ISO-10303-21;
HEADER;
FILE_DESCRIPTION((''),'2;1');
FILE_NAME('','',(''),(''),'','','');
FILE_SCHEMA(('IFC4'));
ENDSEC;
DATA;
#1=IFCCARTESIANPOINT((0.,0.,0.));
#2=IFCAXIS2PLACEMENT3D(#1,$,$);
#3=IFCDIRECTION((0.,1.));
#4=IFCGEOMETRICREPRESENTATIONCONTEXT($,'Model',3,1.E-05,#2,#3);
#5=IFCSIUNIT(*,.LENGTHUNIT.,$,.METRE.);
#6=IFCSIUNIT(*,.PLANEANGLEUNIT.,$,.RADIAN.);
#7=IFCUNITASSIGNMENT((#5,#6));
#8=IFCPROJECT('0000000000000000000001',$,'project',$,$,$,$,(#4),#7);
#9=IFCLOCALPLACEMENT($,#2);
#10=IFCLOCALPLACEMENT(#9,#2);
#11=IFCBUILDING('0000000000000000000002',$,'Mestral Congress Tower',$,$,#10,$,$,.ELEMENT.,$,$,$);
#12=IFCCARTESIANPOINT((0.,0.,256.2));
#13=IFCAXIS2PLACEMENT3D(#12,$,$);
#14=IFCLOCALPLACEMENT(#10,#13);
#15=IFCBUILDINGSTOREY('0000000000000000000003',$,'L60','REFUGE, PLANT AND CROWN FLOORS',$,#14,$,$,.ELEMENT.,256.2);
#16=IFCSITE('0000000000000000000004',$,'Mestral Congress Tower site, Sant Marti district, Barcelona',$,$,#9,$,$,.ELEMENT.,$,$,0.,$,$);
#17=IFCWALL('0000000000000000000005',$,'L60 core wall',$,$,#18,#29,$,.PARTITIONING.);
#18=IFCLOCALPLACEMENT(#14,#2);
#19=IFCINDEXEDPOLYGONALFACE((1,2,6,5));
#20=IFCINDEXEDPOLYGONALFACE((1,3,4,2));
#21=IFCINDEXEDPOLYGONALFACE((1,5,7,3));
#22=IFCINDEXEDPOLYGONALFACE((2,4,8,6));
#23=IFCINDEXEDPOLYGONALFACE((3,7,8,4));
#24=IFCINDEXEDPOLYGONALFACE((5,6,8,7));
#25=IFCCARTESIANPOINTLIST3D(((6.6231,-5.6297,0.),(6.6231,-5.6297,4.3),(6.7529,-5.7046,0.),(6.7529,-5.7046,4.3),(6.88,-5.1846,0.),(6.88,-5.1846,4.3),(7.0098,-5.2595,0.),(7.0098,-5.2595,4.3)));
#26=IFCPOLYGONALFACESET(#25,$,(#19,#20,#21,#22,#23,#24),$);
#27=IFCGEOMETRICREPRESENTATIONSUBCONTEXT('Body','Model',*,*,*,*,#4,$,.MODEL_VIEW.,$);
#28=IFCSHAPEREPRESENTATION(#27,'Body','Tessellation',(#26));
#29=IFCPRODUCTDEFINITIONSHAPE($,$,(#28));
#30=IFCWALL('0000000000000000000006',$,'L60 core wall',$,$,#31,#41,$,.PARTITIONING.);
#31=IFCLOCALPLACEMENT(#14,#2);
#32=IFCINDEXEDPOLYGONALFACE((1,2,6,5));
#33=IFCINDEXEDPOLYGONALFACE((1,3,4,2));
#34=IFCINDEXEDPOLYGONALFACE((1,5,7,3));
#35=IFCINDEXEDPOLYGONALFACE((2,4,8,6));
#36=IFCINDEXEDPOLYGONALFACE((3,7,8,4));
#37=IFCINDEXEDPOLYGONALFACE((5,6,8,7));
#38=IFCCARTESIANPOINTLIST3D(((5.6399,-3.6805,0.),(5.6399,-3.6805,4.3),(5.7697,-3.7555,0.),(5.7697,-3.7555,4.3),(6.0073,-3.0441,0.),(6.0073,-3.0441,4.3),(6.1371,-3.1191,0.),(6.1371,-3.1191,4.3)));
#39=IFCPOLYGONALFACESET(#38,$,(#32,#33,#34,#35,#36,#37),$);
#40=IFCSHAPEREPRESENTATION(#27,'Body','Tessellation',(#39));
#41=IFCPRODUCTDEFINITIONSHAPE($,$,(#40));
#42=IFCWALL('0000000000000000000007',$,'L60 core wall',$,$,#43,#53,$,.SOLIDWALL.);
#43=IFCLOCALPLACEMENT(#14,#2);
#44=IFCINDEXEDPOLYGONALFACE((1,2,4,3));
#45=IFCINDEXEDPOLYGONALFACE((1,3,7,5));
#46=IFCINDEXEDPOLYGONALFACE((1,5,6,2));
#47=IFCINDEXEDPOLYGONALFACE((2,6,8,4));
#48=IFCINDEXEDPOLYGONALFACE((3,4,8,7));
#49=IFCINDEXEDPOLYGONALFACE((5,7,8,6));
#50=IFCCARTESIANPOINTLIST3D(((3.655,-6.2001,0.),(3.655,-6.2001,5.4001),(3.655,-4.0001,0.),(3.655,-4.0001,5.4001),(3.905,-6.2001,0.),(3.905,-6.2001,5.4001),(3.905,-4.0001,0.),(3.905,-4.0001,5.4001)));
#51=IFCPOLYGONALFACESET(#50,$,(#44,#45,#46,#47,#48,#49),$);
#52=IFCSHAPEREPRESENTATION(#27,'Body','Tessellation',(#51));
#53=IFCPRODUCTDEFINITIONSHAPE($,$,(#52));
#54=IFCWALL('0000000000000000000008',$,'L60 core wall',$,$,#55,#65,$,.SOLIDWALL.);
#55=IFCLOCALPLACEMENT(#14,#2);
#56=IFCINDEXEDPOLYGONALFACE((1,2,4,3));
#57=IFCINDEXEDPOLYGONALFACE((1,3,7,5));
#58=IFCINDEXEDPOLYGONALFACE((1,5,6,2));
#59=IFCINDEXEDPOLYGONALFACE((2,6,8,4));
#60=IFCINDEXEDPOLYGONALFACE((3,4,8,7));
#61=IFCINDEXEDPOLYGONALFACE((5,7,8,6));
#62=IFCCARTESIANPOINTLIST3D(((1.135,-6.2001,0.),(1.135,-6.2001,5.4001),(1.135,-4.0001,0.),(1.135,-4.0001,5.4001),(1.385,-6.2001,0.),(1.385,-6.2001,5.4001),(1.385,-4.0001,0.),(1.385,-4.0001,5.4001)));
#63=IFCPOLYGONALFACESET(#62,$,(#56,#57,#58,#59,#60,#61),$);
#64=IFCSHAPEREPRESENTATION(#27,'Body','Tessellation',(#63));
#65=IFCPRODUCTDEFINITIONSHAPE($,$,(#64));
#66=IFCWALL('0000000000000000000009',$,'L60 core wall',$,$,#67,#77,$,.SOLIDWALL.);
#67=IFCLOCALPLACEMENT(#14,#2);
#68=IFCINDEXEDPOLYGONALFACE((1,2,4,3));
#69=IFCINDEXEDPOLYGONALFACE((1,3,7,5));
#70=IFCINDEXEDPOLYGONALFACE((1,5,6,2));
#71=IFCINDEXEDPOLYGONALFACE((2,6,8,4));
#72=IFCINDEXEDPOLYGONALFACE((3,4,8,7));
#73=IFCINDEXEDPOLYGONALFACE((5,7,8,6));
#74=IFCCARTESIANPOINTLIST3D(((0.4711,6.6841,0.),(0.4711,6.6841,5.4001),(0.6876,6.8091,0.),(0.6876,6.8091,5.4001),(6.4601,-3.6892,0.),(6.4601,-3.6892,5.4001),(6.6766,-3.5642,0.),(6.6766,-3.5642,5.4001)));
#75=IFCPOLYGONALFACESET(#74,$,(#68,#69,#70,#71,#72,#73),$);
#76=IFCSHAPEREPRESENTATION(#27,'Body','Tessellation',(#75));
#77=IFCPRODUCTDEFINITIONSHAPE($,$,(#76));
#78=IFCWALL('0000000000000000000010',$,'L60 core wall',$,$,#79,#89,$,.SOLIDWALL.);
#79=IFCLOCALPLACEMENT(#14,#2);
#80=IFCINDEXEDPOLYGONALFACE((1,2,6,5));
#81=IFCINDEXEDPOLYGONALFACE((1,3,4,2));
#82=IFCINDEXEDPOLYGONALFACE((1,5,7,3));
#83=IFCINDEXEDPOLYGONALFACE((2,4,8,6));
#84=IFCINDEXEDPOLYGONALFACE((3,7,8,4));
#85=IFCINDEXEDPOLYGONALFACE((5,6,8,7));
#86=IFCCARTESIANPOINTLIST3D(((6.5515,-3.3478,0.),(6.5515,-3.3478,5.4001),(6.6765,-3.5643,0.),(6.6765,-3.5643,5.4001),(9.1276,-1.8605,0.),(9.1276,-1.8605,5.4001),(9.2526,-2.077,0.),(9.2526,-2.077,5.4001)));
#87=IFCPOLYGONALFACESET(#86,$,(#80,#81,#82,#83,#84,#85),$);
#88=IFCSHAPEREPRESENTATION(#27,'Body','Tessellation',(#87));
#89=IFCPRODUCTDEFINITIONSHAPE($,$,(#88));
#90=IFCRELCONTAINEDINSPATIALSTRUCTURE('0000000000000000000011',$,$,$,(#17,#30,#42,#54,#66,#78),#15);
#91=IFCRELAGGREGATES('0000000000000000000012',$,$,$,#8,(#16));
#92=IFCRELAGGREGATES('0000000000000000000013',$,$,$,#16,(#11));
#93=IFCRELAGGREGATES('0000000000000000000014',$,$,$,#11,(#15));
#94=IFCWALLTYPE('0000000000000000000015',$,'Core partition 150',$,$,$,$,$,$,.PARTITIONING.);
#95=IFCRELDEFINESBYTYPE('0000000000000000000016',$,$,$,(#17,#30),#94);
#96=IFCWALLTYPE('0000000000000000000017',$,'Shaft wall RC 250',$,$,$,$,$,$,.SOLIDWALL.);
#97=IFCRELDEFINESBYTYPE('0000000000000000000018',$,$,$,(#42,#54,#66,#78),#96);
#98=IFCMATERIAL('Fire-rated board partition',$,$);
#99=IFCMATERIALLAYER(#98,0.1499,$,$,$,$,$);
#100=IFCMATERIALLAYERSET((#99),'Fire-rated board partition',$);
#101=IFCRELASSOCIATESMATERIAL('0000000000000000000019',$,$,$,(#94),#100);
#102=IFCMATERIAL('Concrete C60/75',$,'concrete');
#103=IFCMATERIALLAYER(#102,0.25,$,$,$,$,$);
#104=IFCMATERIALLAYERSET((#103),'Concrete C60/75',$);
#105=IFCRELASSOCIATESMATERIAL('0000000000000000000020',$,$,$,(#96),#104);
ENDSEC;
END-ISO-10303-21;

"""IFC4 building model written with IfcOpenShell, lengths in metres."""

from ifc_helpers import new_model, si_unit, direction, frame, frame_2d, origin, place, context, subcontext, project, spatial, rectangle, extrude, material, layer, layer_set, type_object, element, save


model = new_model("IFC4")

# Units and contexts
model_context = context("Model", 3, precision=1e-05, world=origin(), true_north=direction((0.0, 1.0)))
body_context = subcontext(model_context, "Body", "Model", "MODEL_VIEW")
ifc_project = project(units=[si_unit("LENGTHUNIT", "METRE"), si_unit("PLANEANGLEUNIT", "RADIAN")], contexts=[model_context])

# Site, building, storey
site_placement = place(None, origin())
site = spatial("IfcSite", under=ifc_project, at=site_placement, Name="Mestral Congress Tower site, Sant Marti district, Barcelona", CompositionType="ELEMENT", RefElevation=0.0)
building_placement = place(site_placement, origin())
building = spatial("IfcBuilding", under=site, at=building_placement, Name="Mestral Congress Tower", CompositionType="ELEMENT")
storey_placement = place(building_placement, frame((0.0, 0.0, 256.2)))
storey = spatial("IfcBuildingStorey", under=building, at=storey_placement, Name="L60", Description="REFUGE, PLANT AND CROWN FLOORS", CompositionType="ELEMENT", Elevation=256.2)

# Walls
ifc_material_1 = material(Name="Fire-rated board partition")
ifc_layer_1 = layer(ifc_material_1, 0.1499)
ifc_layer_set_1 = layer_set([ifc_layer_1], Name="Fire-rated board partition")
wall_type_1 = type_object("IfcWallType", Name="Core partition 150", PredefinedType="PARTITIONING", material=ifc_layer_set_1)
wall_1_placement = place(storey_placement, frame((6.9448, -5.2222, 0.0), z_axis=(0.0, 0.0, 1.0), x_axis=(-0.499818, -0.86613, 0.0)))
element("IfcWall", 1, at=wall_1_placement, inside=storey, type_object=wall_type_1, Name="L60 core wall", PredefinedType="PARTITIONING", context=body_context, shape_type="SweptSolid", body=[
    extrude(rectangle(XDim=0.5139, YDim=0.1499, at=frame_2d((0.2568, 0.0))), origin(), (0.0, 0.0, 1.0), 4.3),
])
wall_2_placement = place(storey_placement, frame((5.7048, -3.718, 0.0), z_axis=(0.0, 0.0, 1.0), x_axis=(0.499962, 0.866047, 0.0)))
element("IfcWall", 2, at=wall_2_placement, inside=storey, type_object=wall_type_1, Name="L60 core wall", PredefinedType="PARTITIONING", context=body_context, shape_type="SweptSolid", body=[
    extrude(rectangle(XDim=0.7349, YDim=0.1499, at=frame_2d((0.3674, 0.0))), origin(), (0.0, 0.0, 1.0), 4.3),
])
ifc_material_2 = material(Name="Concrete C60/75", Category="concrete")
ifc_layer_2 = layer(ifc_material_2, 0.25)
ifc_layer_set_2 = layer_set([ifc_layer_2], Name="Concrete C60/75")
wall_type_2 = type_object("IfcWallType", Name="Shaft wall RC 250", PredefinedType="SOLIDWALL", material=ifc_layer_set_2)
for number, where, z_axis, x_axis, name in (
    (3, (3.78, -4.0, 0.0), (0.0, 0.0, 1.0), (0.0, -1.0, 0.0), "L60 core wall"),
    (4, (1.26, -4.0, 0.0), (0.0, 0.0, 1.0), (0.0, -1.0, 0.0), "L60 core wall"),
):
    element("IfcWall", number, at=place(storey_placement, frame(where, z_axis=z_axis, x_axis=x_axis)), inside=storey, type_object=wall_type_2, Name=name, PredefinedType="SOLIDWALL", context=body_context, shape_type="SweptSolid", body=[
        extrude(rectangle(XDim=2.2, YDim=0.25, at=frame_2d((1.1001, 0.0))), origin(), (0.0, 0.0, 1.0), 5.4001),
    ])
wall_3_placement = place(storey_placement, frame((6.5684, -3.6267, 0.0), z_axis=(0.0, 0.0, 1.0), x_axis=(-0.499999, 0.866026, 0.0)))
element("IfcWall", 5, at=wall_3_placement, inside=storey, type_object=wall_type_2, Name="L60 core wall", PredefinedType="SOLIDWALL", context=body_context, shape_type="SweptSolid", body=[
    extrude(rectangle(XDim=11.978, YDim=0.25, at=frame_2d((5.989, 0.0))), origin(), (0.0, 0.0, 1.0), 5.4001),
])
wall_4_placement = place(storey_placement, frame((6.614, -3.4561, 0.0), z_axis=(0.0, 0.0, 1.0), x_axis=(0.866033, 0.499988, 0.0)))
element("IfcWall", 6, at=wall_4_placement, inside=storey, type_object=wall_type_2, Name="L60 core wall", PredefinedType="SOLIDWALL", context=body_context, shape_type="SweptSolid", body=[
    extrude(rectangle(XDim=2.9746, YDim=0.25, at=frame_2d((1.4873, 0.0))), origin(), (0.0, 0.0, 1.0), 5.4001),
])

save(model, "model.ifc")
